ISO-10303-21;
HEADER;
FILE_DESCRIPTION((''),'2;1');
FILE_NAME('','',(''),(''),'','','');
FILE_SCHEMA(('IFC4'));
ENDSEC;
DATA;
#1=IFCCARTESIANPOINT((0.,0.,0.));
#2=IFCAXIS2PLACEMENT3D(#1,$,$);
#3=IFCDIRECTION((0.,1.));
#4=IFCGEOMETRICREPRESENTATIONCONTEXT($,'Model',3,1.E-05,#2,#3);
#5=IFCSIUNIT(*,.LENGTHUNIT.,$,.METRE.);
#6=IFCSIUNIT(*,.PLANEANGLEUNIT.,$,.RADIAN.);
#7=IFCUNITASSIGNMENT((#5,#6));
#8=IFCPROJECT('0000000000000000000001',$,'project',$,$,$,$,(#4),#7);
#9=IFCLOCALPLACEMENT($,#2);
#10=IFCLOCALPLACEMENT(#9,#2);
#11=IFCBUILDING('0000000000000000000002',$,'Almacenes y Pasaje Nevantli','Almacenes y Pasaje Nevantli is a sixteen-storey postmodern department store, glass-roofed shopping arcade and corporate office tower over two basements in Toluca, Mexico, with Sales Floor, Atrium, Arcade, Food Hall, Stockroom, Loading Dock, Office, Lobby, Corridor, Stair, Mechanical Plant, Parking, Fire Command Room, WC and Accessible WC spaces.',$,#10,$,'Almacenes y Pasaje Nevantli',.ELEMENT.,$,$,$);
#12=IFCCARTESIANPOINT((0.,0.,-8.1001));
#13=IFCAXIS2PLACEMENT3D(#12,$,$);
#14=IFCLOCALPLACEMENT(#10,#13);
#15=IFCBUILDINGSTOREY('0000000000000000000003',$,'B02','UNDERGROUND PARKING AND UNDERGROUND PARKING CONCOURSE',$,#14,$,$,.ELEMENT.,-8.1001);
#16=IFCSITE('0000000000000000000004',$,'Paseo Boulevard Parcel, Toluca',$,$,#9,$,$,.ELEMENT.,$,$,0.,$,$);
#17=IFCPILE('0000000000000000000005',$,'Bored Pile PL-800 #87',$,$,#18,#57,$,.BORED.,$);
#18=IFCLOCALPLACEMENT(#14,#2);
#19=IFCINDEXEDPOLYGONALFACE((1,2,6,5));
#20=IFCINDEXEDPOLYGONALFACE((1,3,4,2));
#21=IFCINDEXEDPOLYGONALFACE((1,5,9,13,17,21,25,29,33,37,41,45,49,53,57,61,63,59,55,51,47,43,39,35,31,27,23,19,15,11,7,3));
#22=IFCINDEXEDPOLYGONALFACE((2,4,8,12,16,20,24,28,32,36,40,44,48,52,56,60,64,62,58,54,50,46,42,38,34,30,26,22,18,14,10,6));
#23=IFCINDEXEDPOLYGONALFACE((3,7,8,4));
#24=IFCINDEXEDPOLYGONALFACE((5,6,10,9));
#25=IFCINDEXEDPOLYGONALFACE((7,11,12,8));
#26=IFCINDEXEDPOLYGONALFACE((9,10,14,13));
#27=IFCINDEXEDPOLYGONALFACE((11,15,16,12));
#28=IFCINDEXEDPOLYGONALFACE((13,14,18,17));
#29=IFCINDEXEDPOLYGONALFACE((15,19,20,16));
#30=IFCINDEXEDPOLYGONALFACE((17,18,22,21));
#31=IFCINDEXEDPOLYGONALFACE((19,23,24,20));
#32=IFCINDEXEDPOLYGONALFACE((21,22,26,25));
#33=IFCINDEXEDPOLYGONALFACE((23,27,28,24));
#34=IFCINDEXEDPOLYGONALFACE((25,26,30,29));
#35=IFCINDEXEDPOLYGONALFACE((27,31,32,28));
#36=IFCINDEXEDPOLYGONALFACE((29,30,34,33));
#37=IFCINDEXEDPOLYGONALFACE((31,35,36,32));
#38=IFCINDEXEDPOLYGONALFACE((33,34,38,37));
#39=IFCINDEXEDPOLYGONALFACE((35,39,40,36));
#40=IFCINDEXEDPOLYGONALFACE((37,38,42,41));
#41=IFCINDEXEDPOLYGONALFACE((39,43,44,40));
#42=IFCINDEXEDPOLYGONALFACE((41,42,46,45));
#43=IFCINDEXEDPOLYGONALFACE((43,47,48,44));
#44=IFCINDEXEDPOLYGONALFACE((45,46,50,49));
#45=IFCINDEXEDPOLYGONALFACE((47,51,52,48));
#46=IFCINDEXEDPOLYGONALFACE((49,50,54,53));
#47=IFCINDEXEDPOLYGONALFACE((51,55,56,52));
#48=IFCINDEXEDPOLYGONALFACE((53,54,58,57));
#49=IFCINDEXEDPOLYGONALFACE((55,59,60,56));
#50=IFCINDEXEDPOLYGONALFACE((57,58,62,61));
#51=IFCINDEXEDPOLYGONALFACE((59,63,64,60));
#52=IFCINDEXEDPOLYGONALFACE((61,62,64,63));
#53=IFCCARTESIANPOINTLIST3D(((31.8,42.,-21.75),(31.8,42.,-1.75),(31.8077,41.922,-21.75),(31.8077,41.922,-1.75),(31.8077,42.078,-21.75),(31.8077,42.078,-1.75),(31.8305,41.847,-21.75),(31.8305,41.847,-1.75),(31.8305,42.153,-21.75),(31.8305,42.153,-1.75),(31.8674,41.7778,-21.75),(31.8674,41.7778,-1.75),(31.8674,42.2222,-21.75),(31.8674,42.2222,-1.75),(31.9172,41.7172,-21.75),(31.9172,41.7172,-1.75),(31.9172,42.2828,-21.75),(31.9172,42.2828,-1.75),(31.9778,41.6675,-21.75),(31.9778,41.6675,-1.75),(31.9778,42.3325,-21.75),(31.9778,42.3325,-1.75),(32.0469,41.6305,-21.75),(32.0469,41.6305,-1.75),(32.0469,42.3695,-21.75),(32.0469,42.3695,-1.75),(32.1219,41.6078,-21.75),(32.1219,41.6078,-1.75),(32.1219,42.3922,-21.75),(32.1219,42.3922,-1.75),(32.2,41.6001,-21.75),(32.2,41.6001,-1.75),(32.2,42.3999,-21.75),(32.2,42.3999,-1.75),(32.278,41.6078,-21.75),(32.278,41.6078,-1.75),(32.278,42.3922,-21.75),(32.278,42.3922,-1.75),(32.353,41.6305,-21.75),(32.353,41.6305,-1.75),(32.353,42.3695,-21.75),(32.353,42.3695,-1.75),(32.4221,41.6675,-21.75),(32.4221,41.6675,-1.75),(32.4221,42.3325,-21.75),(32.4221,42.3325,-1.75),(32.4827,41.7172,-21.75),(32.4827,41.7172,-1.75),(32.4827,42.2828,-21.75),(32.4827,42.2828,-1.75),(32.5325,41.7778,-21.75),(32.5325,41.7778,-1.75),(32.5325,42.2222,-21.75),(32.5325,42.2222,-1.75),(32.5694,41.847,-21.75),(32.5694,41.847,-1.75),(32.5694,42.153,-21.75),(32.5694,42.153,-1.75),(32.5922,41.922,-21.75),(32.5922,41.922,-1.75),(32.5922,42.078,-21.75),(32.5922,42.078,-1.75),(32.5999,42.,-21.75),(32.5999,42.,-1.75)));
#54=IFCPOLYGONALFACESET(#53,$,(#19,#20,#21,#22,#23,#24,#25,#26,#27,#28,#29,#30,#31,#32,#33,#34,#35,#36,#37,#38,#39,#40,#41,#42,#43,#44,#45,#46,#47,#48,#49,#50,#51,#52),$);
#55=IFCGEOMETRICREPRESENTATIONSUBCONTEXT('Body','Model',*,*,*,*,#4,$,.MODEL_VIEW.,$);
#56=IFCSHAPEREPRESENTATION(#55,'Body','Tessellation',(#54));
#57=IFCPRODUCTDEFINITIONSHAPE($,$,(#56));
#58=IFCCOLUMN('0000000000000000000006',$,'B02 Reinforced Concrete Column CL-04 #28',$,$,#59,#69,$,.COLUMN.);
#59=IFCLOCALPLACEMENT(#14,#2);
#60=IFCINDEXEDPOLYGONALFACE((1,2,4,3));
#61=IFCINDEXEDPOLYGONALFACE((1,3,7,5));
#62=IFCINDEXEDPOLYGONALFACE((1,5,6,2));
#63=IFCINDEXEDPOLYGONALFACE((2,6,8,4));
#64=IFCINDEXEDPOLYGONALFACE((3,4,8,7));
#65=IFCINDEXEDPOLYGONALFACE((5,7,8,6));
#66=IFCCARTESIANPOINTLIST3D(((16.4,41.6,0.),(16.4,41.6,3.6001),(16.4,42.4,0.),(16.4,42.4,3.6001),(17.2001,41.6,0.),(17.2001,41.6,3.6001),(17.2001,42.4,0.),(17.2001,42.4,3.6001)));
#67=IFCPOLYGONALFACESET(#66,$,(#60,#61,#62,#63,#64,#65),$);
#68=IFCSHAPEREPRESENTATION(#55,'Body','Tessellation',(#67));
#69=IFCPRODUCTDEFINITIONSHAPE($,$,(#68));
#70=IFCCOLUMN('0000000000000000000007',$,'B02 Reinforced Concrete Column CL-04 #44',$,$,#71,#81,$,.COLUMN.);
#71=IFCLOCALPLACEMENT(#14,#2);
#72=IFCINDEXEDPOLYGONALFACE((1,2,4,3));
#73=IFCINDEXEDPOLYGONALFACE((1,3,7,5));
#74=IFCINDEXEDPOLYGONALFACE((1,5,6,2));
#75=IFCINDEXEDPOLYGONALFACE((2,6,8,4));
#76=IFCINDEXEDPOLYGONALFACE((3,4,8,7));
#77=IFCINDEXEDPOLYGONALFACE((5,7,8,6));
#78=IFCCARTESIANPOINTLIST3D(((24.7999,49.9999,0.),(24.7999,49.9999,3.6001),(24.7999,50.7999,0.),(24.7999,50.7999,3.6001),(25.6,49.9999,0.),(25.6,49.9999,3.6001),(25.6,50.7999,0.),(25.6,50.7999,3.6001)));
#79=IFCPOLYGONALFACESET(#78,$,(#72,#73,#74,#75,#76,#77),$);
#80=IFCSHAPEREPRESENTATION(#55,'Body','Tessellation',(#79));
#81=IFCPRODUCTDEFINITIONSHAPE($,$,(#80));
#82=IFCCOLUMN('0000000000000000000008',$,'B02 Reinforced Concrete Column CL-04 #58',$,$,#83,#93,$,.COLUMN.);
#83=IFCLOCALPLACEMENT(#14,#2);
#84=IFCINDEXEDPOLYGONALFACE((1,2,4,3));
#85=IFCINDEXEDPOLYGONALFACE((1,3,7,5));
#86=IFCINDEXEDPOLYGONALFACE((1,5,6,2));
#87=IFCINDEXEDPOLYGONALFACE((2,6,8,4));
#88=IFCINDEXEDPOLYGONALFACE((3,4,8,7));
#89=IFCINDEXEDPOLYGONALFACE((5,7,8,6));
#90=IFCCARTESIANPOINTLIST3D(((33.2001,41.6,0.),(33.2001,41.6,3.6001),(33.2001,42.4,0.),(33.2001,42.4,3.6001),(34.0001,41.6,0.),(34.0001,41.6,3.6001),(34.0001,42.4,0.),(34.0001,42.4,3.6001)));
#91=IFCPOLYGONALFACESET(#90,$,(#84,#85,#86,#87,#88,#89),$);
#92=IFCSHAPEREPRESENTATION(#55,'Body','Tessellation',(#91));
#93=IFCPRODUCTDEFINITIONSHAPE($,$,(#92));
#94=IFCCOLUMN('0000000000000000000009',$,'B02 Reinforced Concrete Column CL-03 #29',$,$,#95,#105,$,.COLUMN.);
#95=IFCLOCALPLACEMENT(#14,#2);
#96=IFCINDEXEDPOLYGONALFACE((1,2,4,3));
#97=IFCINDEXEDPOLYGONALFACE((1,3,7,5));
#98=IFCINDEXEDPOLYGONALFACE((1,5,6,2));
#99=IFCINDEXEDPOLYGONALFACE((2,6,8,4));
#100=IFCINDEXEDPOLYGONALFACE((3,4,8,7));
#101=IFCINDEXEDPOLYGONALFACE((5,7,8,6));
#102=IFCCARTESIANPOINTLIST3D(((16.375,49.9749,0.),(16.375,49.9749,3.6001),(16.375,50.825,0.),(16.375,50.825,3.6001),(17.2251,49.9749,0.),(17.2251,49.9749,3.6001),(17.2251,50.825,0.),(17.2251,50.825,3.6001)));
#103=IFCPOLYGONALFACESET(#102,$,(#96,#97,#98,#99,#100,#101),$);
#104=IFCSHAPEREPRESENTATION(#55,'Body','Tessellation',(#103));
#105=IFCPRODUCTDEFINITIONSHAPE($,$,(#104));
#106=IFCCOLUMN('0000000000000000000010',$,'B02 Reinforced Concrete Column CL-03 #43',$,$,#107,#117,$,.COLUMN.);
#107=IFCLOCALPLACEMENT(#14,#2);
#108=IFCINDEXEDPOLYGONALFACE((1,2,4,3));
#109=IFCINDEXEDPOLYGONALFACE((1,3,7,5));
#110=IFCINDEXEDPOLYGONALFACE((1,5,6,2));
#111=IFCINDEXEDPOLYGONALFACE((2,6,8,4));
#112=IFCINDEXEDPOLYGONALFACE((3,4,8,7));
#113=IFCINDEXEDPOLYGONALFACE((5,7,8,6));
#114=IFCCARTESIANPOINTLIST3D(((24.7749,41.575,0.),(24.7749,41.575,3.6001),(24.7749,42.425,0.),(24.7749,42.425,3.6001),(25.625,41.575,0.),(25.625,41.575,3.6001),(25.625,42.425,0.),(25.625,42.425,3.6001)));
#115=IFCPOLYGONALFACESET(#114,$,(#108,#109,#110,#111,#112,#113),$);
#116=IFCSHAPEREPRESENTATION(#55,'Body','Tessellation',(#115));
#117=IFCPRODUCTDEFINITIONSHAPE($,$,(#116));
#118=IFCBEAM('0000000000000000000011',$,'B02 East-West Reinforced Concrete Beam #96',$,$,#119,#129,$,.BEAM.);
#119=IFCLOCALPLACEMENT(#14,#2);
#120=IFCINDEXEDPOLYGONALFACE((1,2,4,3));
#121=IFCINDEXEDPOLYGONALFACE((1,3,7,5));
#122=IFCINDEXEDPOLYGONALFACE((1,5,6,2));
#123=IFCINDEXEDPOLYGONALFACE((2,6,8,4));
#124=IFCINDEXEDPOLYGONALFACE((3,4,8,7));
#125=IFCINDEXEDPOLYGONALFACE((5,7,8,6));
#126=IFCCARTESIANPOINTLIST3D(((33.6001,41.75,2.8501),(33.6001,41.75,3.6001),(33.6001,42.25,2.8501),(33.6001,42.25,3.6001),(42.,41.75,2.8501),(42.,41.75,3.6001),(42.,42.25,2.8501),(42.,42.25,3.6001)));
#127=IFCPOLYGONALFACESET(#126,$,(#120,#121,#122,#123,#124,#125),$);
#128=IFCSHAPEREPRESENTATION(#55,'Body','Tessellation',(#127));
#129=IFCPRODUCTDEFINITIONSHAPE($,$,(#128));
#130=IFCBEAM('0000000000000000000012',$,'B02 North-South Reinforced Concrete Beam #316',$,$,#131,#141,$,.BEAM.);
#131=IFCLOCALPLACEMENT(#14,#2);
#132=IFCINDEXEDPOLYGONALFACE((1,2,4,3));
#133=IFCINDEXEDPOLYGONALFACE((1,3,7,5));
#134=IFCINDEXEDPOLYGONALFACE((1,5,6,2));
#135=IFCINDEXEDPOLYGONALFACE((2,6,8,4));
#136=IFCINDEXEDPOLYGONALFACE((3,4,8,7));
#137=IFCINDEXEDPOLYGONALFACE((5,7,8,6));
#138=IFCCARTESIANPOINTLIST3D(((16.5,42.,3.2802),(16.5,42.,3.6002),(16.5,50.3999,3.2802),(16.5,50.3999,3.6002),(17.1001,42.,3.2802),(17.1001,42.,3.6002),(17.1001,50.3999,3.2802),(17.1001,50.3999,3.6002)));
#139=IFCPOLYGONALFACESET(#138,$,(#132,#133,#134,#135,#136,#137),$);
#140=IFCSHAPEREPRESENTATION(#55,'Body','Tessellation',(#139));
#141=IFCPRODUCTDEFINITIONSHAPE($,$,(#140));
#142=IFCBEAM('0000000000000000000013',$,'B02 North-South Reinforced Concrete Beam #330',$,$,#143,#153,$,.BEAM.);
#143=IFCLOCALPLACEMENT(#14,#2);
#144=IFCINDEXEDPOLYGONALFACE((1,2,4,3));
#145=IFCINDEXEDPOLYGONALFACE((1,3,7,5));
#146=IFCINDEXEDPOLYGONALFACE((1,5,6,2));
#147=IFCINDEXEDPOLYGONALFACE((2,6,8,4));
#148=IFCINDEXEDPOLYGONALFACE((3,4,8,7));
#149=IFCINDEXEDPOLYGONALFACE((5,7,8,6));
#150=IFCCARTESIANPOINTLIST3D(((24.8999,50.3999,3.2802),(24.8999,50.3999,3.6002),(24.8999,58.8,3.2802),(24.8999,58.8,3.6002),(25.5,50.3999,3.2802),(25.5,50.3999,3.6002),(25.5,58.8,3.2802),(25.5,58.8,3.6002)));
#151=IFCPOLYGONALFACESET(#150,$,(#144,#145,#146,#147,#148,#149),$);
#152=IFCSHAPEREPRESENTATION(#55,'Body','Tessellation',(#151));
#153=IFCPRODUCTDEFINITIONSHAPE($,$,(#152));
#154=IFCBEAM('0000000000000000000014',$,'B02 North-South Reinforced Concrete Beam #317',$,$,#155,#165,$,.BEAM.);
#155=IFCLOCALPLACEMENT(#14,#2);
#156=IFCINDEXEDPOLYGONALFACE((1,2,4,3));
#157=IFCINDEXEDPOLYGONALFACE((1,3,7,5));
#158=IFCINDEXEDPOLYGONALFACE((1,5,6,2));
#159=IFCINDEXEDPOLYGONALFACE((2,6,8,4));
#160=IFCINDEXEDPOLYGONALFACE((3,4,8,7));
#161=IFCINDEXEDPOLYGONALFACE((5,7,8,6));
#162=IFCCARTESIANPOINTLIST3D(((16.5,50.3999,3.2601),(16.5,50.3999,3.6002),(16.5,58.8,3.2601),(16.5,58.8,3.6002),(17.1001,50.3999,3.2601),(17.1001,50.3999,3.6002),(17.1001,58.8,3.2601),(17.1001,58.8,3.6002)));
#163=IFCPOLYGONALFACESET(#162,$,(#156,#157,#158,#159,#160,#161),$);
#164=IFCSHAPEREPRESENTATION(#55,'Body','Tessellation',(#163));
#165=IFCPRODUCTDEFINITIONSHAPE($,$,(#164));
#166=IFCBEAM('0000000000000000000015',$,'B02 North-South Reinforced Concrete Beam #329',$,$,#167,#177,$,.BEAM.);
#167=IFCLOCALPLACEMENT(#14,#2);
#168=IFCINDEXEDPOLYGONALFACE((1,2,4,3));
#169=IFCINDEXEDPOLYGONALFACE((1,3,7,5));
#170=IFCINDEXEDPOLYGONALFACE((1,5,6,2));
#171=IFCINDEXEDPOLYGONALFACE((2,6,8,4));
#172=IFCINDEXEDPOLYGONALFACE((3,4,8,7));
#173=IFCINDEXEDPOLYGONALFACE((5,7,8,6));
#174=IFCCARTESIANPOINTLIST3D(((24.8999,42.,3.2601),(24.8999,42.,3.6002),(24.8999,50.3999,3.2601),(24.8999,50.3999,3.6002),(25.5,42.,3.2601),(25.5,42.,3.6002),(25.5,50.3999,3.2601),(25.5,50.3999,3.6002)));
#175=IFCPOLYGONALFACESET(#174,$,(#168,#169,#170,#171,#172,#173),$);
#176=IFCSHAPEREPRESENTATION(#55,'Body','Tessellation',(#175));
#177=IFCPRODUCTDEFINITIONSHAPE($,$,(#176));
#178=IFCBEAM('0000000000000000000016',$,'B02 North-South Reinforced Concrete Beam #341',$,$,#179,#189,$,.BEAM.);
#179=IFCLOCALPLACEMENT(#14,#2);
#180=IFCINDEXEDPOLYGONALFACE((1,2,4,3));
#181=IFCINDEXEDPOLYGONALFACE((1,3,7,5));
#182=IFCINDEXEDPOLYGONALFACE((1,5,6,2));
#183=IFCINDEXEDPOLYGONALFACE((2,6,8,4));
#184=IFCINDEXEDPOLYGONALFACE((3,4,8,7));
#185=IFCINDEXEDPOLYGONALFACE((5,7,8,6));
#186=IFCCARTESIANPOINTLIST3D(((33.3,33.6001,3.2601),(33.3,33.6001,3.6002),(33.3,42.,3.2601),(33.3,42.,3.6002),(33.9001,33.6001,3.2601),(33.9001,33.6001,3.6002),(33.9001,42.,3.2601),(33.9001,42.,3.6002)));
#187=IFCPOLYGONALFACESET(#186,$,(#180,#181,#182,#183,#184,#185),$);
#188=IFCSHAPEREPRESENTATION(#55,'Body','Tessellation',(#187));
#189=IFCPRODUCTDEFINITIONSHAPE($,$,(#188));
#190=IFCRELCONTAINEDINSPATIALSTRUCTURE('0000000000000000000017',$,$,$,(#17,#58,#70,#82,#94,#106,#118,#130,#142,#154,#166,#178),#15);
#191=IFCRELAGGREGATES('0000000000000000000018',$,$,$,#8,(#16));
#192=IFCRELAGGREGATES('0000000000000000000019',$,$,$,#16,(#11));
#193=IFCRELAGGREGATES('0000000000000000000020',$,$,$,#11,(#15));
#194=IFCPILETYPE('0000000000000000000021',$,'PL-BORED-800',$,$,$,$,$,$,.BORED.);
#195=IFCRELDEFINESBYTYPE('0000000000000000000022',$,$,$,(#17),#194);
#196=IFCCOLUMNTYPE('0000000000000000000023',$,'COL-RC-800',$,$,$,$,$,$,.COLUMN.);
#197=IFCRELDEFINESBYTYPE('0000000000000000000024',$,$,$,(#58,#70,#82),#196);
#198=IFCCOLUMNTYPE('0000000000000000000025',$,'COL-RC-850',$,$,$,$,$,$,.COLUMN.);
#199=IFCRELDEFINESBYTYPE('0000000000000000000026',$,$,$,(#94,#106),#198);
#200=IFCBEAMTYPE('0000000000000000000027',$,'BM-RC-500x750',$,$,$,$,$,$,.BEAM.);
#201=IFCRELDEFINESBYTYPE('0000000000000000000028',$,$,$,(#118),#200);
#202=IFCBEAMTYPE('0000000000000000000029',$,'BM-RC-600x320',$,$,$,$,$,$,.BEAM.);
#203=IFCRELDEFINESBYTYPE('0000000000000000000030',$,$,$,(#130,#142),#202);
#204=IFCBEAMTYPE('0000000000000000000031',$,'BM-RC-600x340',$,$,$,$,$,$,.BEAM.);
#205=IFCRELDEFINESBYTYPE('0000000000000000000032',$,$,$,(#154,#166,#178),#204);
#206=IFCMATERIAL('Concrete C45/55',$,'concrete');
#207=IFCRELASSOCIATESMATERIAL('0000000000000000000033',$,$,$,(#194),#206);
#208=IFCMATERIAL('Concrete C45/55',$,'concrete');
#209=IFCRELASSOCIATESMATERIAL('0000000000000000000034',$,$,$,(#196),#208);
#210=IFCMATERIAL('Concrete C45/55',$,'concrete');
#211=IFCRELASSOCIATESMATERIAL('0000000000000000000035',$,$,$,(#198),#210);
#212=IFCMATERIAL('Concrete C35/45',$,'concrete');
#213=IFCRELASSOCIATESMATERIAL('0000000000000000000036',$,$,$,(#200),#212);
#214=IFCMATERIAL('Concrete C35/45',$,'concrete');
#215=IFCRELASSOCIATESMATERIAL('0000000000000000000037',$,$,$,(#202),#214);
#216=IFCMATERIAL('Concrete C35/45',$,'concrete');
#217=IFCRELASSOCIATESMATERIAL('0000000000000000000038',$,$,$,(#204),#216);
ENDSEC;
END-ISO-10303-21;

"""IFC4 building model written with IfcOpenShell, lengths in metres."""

from ifc_helpers import new_model, si_unit, direction, frame, origin, origin_2d, place, context, subcontext, project, spatial, rectangle, circle, extrude, material, material_profile, profile_set, type_object, element, save


model = new_model("IFC4")

# Units and contexts
model_context = context("Model", 3, precision=1e-05, world=origin(), true_north=direction((0.0, 1.0)))
body_context = subcontext(model_context, "Body", "Model", "MODEL_VIEW")
ifc_project = project(units=[si_unit("LENGTHUNIT", "METRE"), si_unit("PLANEANGLEUNIT", "RADIAN")], contexts=[model_context])

# Site, building, storey
site_placement = place(None, origin())
site = spatial("IfcSite", under=ifc_project, at=site_placement, Name="Paseo Boulevard Parcel, Toluca", CompositionType="ELEMENT", RefElevation=0.0)
building_placement = place(site_placement, origin())
building = spatial("IfcBuilding", under=site, at=building_placement, Name="Almacenes y Pasaje Nevantli", Description="Almacenes y Pasaje Nevantli is a sixteen-storey postmodern department store, glass-roofed shopping arcade and corporate office tower over two basements in Toluca, Mexico, with Sales Floor, Atrium, Arcade, Food Hall, Stockroom, Loading Dock, Office, Lobby, Corridor, Stair, Mechanical Plant, Parking, Fire Command Room, WC and Accessible WC spaces.", LongName="Almacenes y Pasaje Nevantli", CompositionType="ELEMENT")
storey_placement = place(building_placement, frame((0.0, 0.0, -8.1001)))
storey = spatial("IfcBuildingStorey", under=building, at=storey_placement, Name="B02", Description="UNDERGROUND PARKING AND UNDERGROUND PARKING CONCOURSE", CompositionType="ELEMENT", Elevation=-8.1001)

# Pile
ifc_material_1 = material(Name="Concrete C45/55", Category="concrete")
ifc_material_profile_1 = material_profile(ifc_material_1, circle(Radius=0.3999, at=origin_2d()), Name="RC-PILE-D800")
ifc_profile_set_1 = profile_set([ifc_material_profile_1], Name="Concrete C45/55")
pile_type_1 = type_object("IfcPileType", Name="PL-BORED-800", PredefinedType="BORED", material=ifc_profile_set_1)
pile_1_placement = place(storey_placement, frame((32.2, 42.0, -1.75), z_axis=(0.0, 0.0, -1.0), x_axis=(1.0, 0.0, 0.0)))
element("IfcPile", 1, at=pile_1_placement, inside=storey, type_object=pile_type_1, Name="Bored Pile PL-800 #87", PredefinedType="BORED", context=body_context, shape_type="SweptSolid", body=[
    extrude(circle(Radius=0.3999, at=origin_2d()), origin(), (0.0, 0.0, 1.0), 20.0),
])

# Columns
ifc_material_2 = material(Name="Concrete C45/55", Category="concrete")
ifc_material_profile_2 = material_profile(ifc_material_2, rectangle(XDim=0.8, YDim=0.8, at=origin_2d()), Name="RC-COL-800x800")
ifc_profile_set_2 = profile_set([ifc_material_profile_2], Name="Concrete C45/55")
column_type_1 = type_object("IfcColumnType", Name="COL-RC-800", PredefinedType="COLUMN", material=ifc_profile_set_2)
for number, where, z_axis, x_axis, name in (
    (2, (16.8, 42.0, 0.0), (0.0, 0.0, 1.0), (1.0, 0.0, 0.0), "B02 Reinforced Concrete Column CL-04 #28"),
    (3, (25.2, 50.3999, 0.0), (0.0, 0.0, 1.0), (1.0, 0.0, 0.0), "B02 Reinforced Concrete Column CL-04 #44"),
    (4, (33.6001, 42.0, 0.0), (0.0, 0.0, 1.0), (1.0, 0.0, 0.0), "B02 Reinforced Concrete Column CL-04 #58"),
):
    element("IfcColumn", number, at=place(storey_placement, frame(where, z_axis=z_axis, x_axis=x_axis)), inside=storey, type_object=column_type_1, Name=name, PredefinedType="COLUMN", context=body_context, shape_type="SweptSolid", body=[
        extrude(rectangle(XDim=0.8, YDim=0.8, at=origin_2d()), origin(), (0.0, 0.0, 1.0), 3.6001),
    ])
ifc_material_3 = material(Name="Concrete C45/55", Category="concrete")
ifc_material_profile_3 = material_profile(ifc_material_3, rectangle(XDim=0.8501, YDim=0.8501, at=origin_2d()), Name="RC-COL-850x850")
ifc_profile_set_3 = profile_set([ifc_material_profile_3], Name="Concrete C45/55")
column_type_2 = type_object("IfcColumnType", Name="COL-RC-850", PredefinedType="COLUMN", material=ifc_profile_set_3)
for number, where, z_axis, x_axis, name in (
    (5, (16.8, 50.3999, 0.0), (0.0, 0.0, 1.0), (1.0, 0.0, 0.0), "B02 Reinforced Concrete Column CL-03 #29"),
    (6, (25.2, 42.0, 0.0), (0.0, 0.0, 1.0), (1.0, 0.0, 0.0), "B02 Reinforced Concrete Column CL-03 #43"),
):
    element("IfcColumn", number, at=place(storey_placement, frame(where, z_axis=z_axis, x_axis=x_axis)), inside=storey, type_object=column_type_2, Name=name, PredefinedType="COLUMN", context=body_context, shape_type="SweptSolid", body=[
        extrude(rectangle(XDim=0.8501, YDim=0.8501, at=origin_2d()), origin(), (0.0, 0.0, 1.0), 3.6001),
    ])

# Beams
ifc_material_4 = material(Name="Concrete C35/45", Category="concrete")
ifc_material_profile_4 = material_profile(ifc_material_4, rectangle(XDim=0.5, YDim=0.75, at=origin_2d()), Name="RC-BM-500x750")
ifc_profile_set_4 = profile_set([ifc_material_profile_4], Name="Concrete C35/45")
beam_type_1 = type_object("IfcBeamType", Name="BM-RC-500x750", PredefinedType="BEAM", material=ifc_profile_set_4)
beam_1_placement = place(storey_placement, frame((33.6001, 42.0, 3.2251), z_axis=(1.0, 0.0, 0.0), x_axis=(0.0, 1.0, 0.0)))
element("IfcBeam", 7, at=beam_1_placement, inside=storey, type_object=beam_type_1, Name="B02 East-West Reinforced Concrete Beam #96", PredefinedType="BEAM", context=body_context, shape_type="SweptSolid", body=[
    extrude(rectangle(XDim=0.5, YDim=0.75, at=origin_2d()), origin(), (0.0, 0.0, 1.0), 8.3999),
])
ifc_material_5 = material(Name="Concrete C35/45", Category="concrete")
ifc_material_profile_5 = material_profile(ifc_material_5, rectangle(XDim=0.6001, YDim=0.3201, at=origin_2d()), Name="RC-BM-600x320")
ifc_profile_set_5 = profile_set([ifc_material_profile_5], Name="Concrete C35/45")
beam_type_2 = type_object("IfcBeamType", Name="BM-RC-600x320", PredefinedType="BEAM", material=ifc_profile_set_5)
beam_2_placement = place(storey_placement, frame((16.8, 42.0, 3.4402), z_axis=(0.0, 1.0, 0.0), x_axis=(-1.0, 0.0, 0.0)))
element("IfcBeam", 8, at=beam_2_placement, inside=storey, type_object=beam_type_2, Name="B02 North-South Reinforced Concrete Beam #316", PredefinedType="BEAM", context=body_context, shape_type="SweptSolid", body=[
    extrude(rectangle(XDim=0.6001, YDim=0.3201, at=origin_2d()), origin(), (0.0, 0.0, 1.0), 8.3999),
])
beam_3_placement = place(storey_placement, frame((25.2, 50.3999, 3.4402), z_axis=(0.0, 1.0, 0.0), x_axis=(-1.0, 0.0, 0.0)))
element("IfcBeam", 9, at=beam_3_placement, inside=storey, type_object=beam_type_2, Name="B02 North-South Reinforced Concrete Beam #330", PredefinedType="BEAM", context=body_context, shape_type="SweptSolid", body=[
    extrude(rectangle(XDim=0.6001, YDim=0.3201, at=origin_2d()), origin(), (0.0, 0.0, 1.0), 8.4001),
])
ifc_material_6 = material(Name="Concrete C35/45", Category="concrete")
ifc_material_profile_6 = material_profile(ifc_material_6, rectangle(XDim=0.6001, YDim=0.3401, at=origin_2d()), Name="RC-BM-600x340")
ifc_profile_set_6 = profile_set([ifc_material_profile_6], Name="Concrete C35/45")
beam_type_3 = type_object("IfcBeamType", Name="BM-RC-600x340", PredefinedType="BEAM", material=ifc_profile_set_6)
beam_4_placement = place(storey_placement, frame((16.8, 50.3999, 3.4302), z_axis=(0.0, 1.0, 0.0), x_axis=(-1.0, 0.0, 0.0)))
element("IfcBeam", 10, at=beam_4_placement, inside=storey, type_object=beam_type_3, Name="B02 North-South Reinforced Concrete Beam #317", PredefinedType="BEAM", context=body_context, shape_type="SweptSolid", body=[
    extrude(rectangle(XDim=0.6001, YDim=0.3401, at=origin_2d()), origin(), (0.0, 0.0, 1.0), 8.4001),
])
for number, where, z_axis, x_axis, name in (
    (11, (25.2, 42.0, 3.4302), (0.0, 1.0, 0.0), (-1.0, 0.0, 0.0), "B02 North-South Reinforced Concrete Beam #329"),
    (12, (33.6001, 33.6001, 3.4302), (0.0, 1.0, 0.0), (-1.0, 0.0, 0.0), "B02 North-South Reinforced Concrete Beam #341"),
):
    element("IfcBeam", number, at=place(storey_placement, frame(where, z_axis=z_axis, x_axis=x_axis)), inside=storey, type_object=beam_type_3, Name=name, PredefinedType="BEAM", context=body_context, shape_type="SweptSolid", body=[
        extrude(rectangle(XDim=0.6001, YDim=0.3401, at=origin_2d()), origin(), (0.0, 0.0, 1.0), 8.3999),
    ])

save(model, "model.ifc")
